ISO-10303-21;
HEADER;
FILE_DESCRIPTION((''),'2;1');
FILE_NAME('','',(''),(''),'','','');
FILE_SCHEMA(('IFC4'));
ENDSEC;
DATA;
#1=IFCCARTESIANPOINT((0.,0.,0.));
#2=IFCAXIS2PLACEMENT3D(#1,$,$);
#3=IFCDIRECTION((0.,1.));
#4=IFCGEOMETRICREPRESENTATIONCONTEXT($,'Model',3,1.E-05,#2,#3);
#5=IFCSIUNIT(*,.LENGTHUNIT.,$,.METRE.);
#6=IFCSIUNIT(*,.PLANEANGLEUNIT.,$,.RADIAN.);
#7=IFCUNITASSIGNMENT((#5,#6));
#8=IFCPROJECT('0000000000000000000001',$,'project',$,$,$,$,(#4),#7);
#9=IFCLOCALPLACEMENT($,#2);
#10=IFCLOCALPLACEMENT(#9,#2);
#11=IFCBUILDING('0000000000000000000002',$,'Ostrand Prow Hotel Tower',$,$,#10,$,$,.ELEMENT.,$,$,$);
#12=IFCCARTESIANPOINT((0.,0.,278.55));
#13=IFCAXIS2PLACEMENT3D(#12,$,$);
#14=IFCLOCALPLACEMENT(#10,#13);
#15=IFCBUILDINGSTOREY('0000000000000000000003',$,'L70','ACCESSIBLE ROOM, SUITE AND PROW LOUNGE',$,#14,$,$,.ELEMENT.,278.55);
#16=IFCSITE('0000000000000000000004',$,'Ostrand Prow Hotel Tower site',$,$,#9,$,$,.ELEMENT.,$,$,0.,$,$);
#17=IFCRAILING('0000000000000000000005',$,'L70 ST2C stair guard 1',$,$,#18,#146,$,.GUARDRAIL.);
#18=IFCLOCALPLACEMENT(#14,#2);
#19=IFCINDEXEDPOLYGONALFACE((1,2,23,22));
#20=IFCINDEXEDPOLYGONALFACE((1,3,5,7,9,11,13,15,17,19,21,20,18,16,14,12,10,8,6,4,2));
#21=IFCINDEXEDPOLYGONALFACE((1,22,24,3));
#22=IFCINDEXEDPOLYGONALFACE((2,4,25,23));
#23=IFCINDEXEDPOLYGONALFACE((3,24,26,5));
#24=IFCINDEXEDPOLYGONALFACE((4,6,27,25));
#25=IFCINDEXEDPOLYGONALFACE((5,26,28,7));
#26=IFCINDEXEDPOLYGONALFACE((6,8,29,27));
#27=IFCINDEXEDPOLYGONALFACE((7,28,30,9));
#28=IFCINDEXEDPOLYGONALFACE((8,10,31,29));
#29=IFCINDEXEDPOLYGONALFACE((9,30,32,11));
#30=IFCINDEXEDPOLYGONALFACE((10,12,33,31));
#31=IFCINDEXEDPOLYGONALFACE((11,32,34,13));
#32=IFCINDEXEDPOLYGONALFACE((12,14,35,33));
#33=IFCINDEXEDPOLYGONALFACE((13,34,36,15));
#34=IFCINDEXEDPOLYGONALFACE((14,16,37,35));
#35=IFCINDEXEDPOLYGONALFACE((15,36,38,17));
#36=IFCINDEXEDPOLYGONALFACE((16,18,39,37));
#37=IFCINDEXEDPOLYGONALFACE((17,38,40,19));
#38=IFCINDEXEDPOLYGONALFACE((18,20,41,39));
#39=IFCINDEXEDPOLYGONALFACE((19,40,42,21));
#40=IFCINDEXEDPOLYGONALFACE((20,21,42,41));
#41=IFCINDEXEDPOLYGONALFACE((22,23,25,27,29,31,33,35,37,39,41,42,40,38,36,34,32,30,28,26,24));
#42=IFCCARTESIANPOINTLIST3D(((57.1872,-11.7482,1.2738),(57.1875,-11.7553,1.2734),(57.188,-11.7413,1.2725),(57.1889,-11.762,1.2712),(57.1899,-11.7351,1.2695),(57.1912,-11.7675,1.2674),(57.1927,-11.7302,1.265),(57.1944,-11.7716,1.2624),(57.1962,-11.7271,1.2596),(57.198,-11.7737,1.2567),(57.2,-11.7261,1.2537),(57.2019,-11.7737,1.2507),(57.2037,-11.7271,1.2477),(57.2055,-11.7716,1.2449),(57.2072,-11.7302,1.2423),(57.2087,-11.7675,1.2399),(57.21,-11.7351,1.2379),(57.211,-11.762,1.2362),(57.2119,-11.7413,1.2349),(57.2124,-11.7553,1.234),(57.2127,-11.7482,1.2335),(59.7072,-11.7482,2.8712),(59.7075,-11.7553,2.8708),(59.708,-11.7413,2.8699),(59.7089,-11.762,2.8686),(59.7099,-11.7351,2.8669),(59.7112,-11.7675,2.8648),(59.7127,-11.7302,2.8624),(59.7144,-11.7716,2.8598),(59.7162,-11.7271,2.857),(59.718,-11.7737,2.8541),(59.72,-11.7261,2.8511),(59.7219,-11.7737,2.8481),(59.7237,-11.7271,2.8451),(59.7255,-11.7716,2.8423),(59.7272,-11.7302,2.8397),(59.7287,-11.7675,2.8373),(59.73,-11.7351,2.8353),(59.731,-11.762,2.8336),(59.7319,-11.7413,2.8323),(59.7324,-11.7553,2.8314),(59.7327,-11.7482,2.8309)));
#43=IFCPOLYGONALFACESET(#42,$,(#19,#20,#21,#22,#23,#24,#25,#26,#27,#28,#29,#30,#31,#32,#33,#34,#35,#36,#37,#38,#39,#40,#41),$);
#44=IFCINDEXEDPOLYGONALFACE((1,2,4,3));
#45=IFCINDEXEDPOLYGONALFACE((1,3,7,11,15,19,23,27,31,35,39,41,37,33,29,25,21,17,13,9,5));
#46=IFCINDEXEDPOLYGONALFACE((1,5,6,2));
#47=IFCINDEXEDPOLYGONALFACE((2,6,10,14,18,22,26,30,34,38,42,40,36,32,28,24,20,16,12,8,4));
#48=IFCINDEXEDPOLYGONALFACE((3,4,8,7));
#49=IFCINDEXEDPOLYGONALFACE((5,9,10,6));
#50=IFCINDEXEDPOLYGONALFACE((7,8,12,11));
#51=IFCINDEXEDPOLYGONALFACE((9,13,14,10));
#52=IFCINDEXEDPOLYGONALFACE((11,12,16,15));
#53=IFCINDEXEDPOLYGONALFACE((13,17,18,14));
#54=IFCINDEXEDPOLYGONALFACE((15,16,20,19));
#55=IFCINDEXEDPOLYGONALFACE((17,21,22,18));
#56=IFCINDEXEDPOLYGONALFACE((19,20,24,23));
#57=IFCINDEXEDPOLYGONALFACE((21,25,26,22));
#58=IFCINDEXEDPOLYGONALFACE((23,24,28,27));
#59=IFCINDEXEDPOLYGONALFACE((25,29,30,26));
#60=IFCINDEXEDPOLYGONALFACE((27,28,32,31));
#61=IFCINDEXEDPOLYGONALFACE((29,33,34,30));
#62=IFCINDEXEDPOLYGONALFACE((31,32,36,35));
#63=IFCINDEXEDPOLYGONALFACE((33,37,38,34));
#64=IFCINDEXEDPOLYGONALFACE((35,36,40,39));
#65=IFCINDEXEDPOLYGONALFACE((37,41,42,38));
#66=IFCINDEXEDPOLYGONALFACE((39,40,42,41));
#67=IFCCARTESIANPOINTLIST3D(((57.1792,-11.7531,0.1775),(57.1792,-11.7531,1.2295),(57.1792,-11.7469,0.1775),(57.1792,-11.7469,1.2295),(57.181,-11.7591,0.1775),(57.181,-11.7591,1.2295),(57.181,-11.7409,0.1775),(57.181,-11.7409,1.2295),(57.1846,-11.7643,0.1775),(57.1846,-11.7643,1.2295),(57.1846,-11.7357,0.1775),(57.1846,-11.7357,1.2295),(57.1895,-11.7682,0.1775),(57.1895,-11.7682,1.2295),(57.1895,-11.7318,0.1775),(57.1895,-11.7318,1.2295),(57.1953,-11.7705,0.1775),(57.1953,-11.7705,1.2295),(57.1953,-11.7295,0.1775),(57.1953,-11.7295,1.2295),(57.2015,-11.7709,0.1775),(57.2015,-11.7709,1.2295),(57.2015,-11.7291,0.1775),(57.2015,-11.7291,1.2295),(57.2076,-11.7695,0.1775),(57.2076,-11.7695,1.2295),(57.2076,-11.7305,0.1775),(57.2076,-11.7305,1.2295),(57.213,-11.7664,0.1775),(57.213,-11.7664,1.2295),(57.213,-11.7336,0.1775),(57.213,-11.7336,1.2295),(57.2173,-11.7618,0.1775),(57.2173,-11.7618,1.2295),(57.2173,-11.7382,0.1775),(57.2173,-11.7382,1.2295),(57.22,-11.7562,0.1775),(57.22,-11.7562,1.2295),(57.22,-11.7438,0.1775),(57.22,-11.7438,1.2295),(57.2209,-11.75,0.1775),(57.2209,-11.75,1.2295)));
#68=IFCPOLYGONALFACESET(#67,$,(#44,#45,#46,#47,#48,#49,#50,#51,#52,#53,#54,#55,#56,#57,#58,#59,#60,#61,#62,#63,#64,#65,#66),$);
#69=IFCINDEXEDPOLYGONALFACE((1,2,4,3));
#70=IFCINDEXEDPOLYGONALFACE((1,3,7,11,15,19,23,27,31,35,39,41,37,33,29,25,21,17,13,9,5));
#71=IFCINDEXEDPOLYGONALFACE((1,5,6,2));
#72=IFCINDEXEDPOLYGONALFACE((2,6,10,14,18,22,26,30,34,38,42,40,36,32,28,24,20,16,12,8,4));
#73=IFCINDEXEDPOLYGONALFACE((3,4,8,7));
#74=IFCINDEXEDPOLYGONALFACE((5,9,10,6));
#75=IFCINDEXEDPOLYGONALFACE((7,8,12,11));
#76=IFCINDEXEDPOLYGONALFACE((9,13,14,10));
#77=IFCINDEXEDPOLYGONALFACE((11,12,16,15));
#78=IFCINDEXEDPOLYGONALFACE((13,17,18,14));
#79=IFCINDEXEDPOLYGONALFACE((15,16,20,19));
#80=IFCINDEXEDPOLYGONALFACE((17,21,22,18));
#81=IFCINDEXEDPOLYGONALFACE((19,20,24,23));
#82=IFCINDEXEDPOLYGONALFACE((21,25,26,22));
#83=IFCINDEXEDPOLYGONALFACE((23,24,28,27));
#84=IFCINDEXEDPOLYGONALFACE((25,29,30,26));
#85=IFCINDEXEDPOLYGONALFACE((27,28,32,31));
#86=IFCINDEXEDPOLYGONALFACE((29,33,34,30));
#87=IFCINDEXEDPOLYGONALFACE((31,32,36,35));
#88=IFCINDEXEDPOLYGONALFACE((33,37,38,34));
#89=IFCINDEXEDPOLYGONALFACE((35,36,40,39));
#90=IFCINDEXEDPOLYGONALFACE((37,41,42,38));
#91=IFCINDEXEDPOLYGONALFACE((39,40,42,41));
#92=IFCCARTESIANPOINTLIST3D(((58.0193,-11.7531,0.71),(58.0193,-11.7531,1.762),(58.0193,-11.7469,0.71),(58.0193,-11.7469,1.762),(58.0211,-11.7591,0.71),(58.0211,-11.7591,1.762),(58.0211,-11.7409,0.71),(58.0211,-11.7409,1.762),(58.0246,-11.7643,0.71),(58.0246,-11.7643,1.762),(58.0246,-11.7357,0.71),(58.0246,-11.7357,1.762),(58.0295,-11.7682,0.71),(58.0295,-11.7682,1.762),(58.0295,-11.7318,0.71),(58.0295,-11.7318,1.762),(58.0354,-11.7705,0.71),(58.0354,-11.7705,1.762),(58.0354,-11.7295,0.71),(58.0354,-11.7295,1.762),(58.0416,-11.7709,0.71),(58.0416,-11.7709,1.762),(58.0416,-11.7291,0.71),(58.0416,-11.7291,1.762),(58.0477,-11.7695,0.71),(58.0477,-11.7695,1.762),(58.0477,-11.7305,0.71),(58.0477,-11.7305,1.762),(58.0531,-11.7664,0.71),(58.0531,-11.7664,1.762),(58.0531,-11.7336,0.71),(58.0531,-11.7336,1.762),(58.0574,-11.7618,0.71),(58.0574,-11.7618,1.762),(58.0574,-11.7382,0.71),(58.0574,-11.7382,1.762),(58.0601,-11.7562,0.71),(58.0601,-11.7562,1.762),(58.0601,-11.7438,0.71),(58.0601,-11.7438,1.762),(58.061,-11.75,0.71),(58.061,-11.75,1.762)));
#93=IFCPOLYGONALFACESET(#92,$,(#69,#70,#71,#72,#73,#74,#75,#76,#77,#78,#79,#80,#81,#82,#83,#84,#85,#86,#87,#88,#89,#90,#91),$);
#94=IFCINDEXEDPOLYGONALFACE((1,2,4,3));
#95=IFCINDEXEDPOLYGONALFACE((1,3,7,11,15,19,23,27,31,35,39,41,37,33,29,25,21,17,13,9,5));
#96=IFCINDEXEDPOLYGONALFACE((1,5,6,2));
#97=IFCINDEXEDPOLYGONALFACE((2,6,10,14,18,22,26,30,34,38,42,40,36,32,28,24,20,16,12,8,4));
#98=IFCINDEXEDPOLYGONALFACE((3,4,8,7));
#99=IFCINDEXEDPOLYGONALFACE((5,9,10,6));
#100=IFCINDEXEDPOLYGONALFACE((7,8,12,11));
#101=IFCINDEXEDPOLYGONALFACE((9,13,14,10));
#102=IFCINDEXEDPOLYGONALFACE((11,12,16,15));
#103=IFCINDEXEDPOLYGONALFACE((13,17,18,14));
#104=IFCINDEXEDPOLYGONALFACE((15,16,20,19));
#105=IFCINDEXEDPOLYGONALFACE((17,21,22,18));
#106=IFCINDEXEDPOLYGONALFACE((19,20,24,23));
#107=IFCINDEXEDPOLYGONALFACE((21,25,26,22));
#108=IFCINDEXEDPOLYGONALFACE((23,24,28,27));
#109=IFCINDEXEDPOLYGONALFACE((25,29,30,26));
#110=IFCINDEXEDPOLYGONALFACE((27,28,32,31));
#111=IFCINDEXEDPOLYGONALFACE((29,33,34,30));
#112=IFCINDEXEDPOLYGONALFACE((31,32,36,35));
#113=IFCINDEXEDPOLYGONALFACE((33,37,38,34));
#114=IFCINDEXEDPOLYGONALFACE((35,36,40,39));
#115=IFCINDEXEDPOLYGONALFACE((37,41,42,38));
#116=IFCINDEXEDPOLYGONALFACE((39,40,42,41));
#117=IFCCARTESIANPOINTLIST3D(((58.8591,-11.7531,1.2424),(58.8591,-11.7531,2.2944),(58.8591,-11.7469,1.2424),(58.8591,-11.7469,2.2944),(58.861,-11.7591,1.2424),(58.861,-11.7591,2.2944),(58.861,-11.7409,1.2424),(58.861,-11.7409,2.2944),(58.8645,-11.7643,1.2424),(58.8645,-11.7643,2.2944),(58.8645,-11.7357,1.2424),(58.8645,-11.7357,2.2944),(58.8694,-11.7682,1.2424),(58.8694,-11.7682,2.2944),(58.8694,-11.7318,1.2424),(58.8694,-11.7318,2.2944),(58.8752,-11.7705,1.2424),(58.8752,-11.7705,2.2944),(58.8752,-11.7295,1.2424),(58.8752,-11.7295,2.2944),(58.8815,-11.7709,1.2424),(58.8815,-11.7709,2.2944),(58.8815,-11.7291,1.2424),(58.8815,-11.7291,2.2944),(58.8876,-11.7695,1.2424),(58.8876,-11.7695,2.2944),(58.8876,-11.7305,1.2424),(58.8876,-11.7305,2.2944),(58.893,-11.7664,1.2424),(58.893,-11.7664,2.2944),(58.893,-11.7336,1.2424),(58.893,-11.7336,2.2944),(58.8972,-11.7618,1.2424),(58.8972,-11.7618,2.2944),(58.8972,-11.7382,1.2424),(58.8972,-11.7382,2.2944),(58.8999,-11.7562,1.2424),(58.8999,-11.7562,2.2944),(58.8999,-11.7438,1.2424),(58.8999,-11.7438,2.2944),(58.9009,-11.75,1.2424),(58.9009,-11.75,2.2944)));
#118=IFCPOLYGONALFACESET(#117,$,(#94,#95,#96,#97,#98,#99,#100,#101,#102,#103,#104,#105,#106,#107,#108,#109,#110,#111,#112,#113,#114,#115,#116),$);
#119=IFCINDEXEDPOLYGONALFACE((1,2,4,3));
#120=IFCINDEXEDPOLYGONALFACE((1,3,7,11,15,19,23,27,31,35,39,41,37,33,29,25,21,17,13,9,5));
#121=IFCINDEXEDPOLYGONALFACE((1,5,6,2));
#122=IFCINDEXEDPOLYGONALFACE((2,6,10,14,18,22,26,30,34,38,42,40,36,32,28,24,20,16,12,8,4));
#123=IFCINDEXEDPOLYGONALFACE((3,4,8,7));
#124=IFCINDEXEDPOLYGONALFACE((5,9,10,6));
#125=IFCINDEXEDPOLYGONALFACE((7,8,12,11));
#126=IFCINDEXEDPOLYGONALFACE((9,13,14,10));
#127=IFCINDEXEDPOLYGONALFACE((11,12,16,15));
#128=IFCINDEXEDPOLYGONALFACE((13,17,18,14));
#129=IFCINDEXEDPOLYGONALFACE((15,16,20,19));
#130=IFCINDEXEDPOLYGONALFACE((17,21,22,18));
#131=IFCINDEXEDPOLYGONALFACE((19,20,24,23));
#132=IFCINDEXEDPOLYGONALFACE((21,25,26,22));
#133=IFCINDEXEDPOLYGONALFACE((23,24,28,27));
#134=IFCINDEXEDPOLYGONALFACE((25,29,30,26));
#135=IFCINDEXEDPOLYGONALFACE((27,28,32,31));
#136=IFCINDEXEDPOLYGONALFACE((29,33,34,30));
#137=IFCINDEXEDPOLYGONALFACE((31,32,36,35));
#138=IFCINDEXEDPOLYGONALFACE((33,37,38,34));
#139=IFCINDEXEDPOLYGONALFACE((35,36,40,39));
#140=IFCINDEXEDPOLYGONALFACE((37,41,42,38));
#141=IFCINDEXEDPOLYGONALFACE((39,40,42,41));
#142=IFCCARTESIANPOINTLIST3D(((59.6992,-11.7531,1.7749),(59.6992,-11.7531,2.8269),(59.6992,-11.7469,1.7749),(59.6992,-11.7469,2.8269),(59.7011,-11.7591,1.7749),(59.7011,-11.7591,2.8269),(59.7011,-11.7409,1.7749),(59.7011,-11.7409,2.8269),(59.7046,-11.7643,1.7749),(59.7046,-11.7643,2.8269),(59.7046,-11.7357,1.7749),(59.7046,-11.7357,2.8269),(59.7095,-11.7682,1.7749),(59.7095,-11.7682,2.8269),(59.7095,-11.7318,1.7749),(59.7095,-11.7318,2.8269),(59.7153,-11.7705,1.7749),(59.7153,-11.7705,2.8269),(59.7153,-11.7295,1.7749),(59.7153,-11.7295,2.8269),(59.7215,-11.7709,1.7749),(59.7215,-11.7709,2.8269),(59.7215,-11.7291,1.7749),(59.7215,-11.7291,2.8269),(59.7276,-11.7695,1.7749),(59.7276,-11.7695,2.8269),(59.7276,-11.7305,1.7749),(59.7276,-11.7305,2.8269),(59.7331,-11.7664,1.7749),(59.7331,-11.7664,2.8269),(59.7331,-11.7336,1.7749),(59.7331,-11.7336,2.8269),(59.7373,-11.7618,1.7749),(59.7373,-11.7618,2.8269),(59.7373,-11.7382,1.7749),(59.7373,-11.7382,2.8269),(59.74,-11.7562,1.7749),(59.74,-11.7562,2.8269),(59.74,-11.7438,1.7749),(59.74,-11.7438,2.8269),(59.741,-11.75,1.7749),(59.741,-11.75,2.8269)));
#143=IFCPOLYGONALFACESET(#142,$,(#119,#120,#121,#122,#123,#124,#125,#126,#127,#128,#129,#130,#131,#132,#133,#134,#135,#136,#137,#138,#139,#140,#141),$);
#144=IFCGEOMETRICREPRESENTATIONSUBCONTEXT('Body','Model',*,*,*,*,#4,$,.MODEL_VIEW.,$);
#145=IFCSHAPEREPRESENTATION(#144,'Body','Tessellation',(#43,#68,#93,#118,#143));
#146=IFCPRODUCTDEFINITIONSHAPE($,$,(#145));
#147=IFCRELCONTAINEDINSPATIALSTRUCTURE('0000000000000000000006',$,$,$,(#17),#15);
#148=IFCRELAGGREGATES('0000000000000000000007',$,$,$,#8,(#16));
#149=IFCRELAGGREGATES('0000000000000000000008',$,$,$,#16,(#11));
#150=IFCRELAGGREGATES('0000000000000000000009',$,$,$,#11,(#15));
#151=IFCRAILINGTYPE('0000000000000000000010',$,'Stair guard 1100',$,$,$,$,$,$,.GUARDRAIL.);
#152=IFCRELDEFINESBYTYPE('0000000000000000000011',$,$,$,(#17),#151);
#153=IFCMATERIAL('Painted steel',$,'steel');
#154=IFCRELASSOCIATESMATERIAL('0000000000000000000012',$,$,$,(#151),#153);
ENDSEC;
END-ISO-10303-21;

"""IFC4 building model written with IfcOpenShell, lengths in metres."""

from ifc_helpers import new_model, si_unit, direction, frame, origin, origin_2d, place, context, subcontext, project, spatial, circle, extrude, material, type_object, element, save


model = new_model("IFC4")

# Units and contexts
model_context = context("Model", 3, precision=1e-05, world=origin(), true_north=direction((0.0, 1.0)))
body_context = subcontext(model_context, "Body", "Model", "MODEL_VIEW")
ifc_project = project(units=[si_unit("LENGTHUNIT", "METRE"), si_unit("PLANEANGLEUNIT", "RADIAN")], contexts=[model_context])

# Site, building, storey
site_placement = place(None, origin())
site = spatial("IfcSite", under=ifc_project, at=site_placement, Name="Ostrand Prow Hotel Tower site", CompositionType="ELEMENT", RefElevation=0.0)
building_placement = place(site_placement, origin())
building = spatial("IfcBuilding", under=site, at=building_placement, Name="Ostrand Prow Hotel Tower", CompositionType="ELEMENT")
storey_placement = place(building_placement, frame((0.0, 0.0, 278.55)))
storey = spatial("IfcBuildingStorey", under=building, at=storey_placement, Name="L70", Description="ACCESSIBLE ROOM, SUITE AND PROW LOUNGE", CompositionType="ELEMENT", Elevation=278.55)

# Railing
ifc_material_1 = material(Name="Painted steel", Category="steel")
railing_type_1 = type_object("IfcRailingType", Name="Stair guard 1100", PredefinedType="GUARDRAIL", material=ifc_material_1)
railing_1_placement = place(storey_placement, frame((57.2, -11.75, 0.1775)))
element("IfcRailing", 1, at=railing_1_placement, inside=storey, type_object=railing_type_1, Name="L70 ST2C stair guard 1", PredefinedType="GUARDRAIL", context=body_context, shape_type="SweptSolid", body=[
    extrude(circle(Radius=0.0239, at=origin_2d()), frame((0.0, 0.0, 1.0762), z_axis=(0.844607, 0.0, 0.535387), x_axis=(0.0, 1.0, 0.0)), (0.0, 0.0, 1.0), 2.9836),
    extrude(circle(Radius=0.021, at=origin_2d()), origin(), (0.0, 0.0, 1.0), 1.052),
    extrude(circle(Radius=0.021, at=origin_2d()), frame((0.8401, 0.0, 0.5325)), (0.0, 0.0, 1.0), 1.052),
    extrude(circle(Radius=0.021, at=origin_2d()), frame((1.6799, 0.0, 1.0649)), (0.0, 0.0, 1.0), 1.052),
    extrude(circle(Radius=0.021, at=origin_2d()), frame((2.52, 0.0, 1.5974)), (0.0, 0.0, 1.0), 1.052),
])

save(model, "model.ifc")
